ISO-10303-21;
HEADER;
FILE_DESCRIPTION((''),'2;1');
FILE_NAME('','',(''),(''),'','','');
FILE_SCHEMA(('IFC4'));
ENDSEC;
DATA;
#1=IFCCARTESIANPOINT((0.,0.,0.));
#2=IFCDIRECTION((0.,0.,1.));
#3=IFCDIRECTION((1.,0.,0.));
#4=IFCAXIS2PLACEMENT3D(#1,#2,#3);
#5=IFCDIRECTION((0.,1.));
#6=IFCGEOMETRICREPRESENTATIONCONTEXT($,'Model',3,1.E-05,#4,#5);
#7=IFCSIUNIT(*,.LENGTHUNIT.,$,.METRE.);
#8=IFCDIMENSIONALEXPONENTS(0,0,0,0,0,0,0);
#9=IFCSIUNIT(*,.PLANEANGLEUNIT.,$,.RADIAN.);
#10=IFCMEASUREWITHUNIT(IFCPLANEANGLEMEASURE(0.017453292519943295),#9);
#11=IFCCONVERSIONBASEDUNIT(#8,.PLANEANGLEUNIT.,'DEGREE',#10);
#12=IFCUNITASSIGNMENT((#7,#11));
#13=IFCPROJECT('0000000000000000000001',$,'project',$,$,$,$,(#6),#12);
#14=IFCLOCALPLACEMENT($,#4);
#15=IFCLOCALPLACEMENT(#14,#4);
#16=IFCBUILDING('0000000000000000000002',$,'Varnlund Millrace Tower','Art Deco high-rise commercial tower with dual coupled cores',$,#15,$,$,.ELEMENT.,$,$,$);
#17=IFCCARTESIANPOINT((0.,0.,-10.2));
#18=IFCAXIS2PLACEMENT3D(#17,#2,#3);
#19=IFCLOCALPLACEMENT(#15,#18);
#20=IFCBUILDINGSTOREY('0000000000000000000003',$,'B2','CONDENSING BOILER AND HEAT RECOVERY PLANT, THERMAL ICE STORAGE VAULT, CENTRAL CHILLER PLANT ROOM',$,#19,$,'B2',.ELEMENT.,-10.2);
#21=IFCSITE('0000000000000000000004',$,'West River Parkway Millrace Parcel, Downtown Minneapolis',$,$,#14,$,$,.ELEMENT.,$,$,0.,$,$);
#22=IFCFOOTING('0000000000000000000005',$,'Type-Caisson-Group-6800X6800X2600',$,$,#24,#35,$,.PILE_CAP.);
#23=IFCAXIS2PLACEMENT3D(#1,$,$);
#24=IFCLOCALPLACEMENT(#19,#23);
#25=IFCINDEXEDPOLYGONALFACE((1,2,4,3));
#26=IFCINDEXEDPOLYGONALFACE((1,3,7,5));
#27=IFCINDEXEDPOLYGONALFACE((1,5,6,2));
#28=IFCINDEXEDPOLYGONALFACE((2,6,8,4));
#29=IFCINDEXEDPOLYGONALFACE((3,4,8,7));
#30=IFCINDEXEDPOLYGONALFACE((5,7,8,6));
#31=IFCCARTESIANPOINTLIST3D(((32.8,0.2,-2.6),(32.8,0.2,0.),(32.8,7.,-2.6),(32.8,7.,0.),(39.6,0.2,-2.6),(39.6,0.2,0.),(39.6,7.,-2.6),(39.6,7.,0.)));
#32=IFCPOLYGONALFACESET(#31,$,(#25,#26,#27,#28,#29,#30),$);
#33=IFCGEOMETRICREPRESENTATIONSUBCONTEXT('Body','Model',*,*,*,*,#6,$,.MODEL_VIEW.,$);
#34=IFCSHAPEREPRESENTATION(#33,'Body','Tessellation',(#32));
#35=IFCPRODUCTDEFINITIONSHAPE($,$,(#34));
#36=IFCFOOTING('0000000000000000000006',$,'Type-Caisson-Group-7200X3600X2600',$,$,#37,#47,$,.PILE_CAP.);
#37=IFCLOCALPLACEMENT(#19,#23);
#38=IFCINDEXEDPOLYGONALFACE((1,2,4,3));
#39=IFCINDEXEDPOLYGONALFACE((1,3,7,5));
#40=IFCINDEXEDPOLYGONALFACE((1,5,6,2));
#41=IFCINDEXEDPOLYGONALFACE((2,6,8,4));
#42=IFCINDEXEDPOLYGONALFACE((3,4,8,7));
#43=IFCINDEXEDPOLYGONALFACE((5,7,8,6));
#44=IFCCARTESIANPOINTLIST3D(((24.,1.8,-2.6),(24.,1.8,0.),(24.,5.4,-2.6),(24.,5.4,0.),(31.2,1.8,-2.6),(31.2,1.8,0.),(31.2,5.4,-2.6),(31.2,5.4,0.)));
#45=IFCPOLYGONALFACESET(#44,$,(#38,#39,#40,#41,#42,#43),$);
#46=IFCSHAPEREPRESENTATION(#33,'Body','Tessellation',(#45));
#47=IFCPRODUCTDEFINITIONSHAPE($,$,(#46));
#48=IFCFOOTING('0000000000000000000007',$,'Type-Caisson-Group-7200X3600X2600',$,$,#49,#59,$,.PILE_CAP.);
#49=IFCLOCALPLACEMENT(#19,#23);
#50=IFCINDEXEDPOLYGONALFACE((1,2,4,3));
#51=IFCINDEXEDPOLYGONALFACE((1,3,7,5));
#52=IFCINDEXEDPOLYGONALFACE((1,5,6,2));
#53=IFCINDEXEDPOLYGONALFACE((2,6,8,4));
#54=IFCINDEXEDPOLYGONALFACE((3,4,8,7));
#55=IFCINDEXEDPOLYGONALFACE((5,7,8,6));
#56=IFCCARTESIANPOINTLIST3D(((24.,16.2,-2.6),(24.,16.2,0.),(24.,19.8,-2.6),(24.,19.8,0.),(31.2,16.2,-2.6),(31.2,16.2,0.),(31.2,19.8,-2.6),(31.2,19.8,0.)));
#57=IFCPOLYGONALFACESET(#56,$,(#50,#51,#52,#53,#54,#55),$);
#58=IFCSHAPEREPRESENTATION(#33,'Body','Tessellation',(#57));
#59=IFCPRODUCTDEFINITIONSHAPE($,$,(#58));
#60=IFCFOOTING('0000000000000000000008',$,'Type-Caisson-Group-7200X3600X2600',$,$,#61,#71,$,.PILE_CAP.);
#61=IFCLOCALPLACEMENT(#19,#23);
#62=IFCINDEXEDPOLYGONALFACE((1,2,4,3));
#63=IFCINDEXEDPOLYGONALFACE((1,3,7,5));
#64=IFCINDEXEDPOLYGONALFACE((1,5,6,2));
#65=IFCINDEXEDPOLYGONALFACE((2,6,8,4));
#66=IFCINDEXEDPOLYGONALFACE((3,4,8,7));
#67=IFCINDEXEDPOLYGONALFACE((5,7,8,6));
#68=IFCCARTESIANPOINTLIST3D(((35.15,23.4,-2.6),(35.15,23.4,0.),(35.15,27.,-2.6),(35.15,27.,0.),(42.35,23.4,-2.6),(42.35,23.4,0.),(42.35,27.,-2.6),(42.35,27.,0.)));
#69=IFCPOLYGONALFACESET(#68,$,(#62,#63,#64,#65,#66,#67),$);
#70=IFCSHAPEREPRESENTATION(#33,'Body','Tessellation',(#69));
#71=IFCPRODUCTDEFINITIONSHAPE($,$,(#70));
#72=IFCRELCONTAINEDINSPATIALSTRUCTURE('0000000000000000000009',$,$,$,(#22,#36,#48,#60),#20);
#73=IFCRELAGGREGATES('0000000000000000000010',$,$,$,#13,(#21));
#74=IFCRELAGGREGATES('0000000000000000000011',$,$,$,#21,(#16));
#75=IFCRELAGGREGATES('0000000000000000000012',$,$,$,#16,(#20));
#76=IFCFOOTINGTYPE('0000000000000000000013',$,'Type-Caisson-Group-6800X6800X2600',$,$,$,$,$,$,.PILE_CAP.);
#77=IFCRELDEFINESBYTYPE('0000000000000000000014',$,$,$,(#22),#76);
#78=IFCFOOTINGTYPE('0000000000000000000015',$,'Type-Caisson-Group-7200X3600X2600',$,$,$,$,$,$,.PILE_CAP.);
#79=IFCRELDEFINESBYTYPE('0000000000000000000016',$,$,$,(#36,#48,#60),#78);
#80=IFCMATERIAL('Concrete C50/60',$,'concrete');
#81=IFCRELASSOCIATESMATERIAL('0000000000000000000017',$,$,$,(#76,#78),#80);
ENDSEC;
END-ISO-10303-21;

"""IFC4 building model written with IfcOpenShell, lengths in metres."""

from ifc_helpers import new_model, entity, si_unit, converted_unit, direction, frame, origin_with_axes, origin_2d_with_axis, place, context, subcontext, project, spatial, rectangle, extrude, material, type_object, element, save


model = new_model("IFC4")

# Units and contexts
model_context = context("Model", 3, precision=1e-05, world=origin_with_axes(), true_north=direction((0.0, 1.0)))
body_context = subcontext(model_context, "Body", "Model", "MODEL_VIEW")
ifc_project = project(units=[si_unit("LENGTHUNIT", "METRE"), converted_unit("PLANEANGLEUNIT", "DEGREE", entity("IfcPlaneAngleMeasure", 0.017453292519943295), si_unit("PLANEANGLEUNIT", "RADIAN"), dimensions=[0, 0, 0, 0, 0, 0, 0])], contexts=[model_context])

# Site, building, storey
site_placement = place(None, origin_with_axes())
site = spatial("IfcSite", under=ifc_project, at=site_placement, Name="West River Parkway Millrace Parcel, Downtown Minneapolis", CompositionType="ELEMENT", RefElevation=0.0)
building_placement = place(site_placement, origin_with_axes())
building = spatial("IfcBuilding", under=site, at=building_placement, Name="Varnlund Millrace Tower", Description="Art Deco high-rise commercial tower with dual coupled cores", CompositionType="ELEMENT")
storey_placement = place(building_placement, frame((0.0, 0.0, -10.2), z_axis=(0.0, 0.0, 1.0), x_axis=(1.0, 0.0, 0.0)))
storey = spatial("IfcBuildingStorey", under=building, at=storey_placement, Name="B2", Description="CONDENSING BOILER AND HEAT RECOVERY PLANT, THERMAL ICE STORAGE VAULT, CENTRAL CHILLER PLANT ROOM", LongName="B2", CompositionType="ELEMENT", Elevation=-10.2)

# Shared definitions
ifc_material = material(Name="Concrete C50/60", Category="concrete")

# Footings
footing_type_1 = type_object("IfcFootingType", Name="Type-Caisson-Group-6800X6800X2600", PredefinedType="PILE_CAP", material=ifc_material)
footing_1_placement = place(storey_placement, frame((36.2, 3.6, -2.6), z_axis=(0.0, 0.0, 1.0), x_axis=(1.0, 0.0, 0.0)))
element("IfcFooting", 1, at=footing_1_placement, inside=storey, type_object=footing_type_1, Name="Type-Caisson-Group-6800X6800X2600", PredefinedType="PILE_CAP", context=body_context, shape_type="SweptSolid", body=[
    extrude(rectangle(XDim=6.8, YDim=6.8, at=origin_2d_with_axis()), origin_with_axes(), (0.0, 0.0, 1.0), 2.6),
])
footing_type_2 = type_object("IfcFootingType", Name="Type-Caisson-Group-7200X3600X2600", PredefinedType="PILE_CAP", material=ifc_material)
for number, where, z_axis, x_axis, name in (
    (2, (27.6, 3.6, -2.6), (0.0, 0.0, 1.0), (1.0, 0.0, 0.0), "Type-Caisson-Group-7200X3600X2600"),
    (3, (27.6, 18.0, -2.6), (0.0, 0.0, 1.0), (1.0, 0.0, 0.0), "Type-Caisson-Group-7200X3600X2600"),
    (4, (38.75, 25.2, -2.6), (0.0, 0.0, 1.0), (1.0, 0.0, 0.0), "Type-Caisson-Group-7200X3600X2600"),
):
    element("IfcFooting", number, at=place(storey_placement, frame(where, z_axis=z_axis, x_axis=x_axis)), inside=storey, type_object=footing_type_2, Name=name, PredefinedType="PILE_CAP", context=body_context, shape_type="SweptSolid", body=[
        extrude(rectangle(XDim=7.2, YDim=3.6, at=origin_2d_with_axis()), origin_with_axes(), (0.0, 0.0, 1.0), 2.6),
    ])

save(model, "model.ifc")
